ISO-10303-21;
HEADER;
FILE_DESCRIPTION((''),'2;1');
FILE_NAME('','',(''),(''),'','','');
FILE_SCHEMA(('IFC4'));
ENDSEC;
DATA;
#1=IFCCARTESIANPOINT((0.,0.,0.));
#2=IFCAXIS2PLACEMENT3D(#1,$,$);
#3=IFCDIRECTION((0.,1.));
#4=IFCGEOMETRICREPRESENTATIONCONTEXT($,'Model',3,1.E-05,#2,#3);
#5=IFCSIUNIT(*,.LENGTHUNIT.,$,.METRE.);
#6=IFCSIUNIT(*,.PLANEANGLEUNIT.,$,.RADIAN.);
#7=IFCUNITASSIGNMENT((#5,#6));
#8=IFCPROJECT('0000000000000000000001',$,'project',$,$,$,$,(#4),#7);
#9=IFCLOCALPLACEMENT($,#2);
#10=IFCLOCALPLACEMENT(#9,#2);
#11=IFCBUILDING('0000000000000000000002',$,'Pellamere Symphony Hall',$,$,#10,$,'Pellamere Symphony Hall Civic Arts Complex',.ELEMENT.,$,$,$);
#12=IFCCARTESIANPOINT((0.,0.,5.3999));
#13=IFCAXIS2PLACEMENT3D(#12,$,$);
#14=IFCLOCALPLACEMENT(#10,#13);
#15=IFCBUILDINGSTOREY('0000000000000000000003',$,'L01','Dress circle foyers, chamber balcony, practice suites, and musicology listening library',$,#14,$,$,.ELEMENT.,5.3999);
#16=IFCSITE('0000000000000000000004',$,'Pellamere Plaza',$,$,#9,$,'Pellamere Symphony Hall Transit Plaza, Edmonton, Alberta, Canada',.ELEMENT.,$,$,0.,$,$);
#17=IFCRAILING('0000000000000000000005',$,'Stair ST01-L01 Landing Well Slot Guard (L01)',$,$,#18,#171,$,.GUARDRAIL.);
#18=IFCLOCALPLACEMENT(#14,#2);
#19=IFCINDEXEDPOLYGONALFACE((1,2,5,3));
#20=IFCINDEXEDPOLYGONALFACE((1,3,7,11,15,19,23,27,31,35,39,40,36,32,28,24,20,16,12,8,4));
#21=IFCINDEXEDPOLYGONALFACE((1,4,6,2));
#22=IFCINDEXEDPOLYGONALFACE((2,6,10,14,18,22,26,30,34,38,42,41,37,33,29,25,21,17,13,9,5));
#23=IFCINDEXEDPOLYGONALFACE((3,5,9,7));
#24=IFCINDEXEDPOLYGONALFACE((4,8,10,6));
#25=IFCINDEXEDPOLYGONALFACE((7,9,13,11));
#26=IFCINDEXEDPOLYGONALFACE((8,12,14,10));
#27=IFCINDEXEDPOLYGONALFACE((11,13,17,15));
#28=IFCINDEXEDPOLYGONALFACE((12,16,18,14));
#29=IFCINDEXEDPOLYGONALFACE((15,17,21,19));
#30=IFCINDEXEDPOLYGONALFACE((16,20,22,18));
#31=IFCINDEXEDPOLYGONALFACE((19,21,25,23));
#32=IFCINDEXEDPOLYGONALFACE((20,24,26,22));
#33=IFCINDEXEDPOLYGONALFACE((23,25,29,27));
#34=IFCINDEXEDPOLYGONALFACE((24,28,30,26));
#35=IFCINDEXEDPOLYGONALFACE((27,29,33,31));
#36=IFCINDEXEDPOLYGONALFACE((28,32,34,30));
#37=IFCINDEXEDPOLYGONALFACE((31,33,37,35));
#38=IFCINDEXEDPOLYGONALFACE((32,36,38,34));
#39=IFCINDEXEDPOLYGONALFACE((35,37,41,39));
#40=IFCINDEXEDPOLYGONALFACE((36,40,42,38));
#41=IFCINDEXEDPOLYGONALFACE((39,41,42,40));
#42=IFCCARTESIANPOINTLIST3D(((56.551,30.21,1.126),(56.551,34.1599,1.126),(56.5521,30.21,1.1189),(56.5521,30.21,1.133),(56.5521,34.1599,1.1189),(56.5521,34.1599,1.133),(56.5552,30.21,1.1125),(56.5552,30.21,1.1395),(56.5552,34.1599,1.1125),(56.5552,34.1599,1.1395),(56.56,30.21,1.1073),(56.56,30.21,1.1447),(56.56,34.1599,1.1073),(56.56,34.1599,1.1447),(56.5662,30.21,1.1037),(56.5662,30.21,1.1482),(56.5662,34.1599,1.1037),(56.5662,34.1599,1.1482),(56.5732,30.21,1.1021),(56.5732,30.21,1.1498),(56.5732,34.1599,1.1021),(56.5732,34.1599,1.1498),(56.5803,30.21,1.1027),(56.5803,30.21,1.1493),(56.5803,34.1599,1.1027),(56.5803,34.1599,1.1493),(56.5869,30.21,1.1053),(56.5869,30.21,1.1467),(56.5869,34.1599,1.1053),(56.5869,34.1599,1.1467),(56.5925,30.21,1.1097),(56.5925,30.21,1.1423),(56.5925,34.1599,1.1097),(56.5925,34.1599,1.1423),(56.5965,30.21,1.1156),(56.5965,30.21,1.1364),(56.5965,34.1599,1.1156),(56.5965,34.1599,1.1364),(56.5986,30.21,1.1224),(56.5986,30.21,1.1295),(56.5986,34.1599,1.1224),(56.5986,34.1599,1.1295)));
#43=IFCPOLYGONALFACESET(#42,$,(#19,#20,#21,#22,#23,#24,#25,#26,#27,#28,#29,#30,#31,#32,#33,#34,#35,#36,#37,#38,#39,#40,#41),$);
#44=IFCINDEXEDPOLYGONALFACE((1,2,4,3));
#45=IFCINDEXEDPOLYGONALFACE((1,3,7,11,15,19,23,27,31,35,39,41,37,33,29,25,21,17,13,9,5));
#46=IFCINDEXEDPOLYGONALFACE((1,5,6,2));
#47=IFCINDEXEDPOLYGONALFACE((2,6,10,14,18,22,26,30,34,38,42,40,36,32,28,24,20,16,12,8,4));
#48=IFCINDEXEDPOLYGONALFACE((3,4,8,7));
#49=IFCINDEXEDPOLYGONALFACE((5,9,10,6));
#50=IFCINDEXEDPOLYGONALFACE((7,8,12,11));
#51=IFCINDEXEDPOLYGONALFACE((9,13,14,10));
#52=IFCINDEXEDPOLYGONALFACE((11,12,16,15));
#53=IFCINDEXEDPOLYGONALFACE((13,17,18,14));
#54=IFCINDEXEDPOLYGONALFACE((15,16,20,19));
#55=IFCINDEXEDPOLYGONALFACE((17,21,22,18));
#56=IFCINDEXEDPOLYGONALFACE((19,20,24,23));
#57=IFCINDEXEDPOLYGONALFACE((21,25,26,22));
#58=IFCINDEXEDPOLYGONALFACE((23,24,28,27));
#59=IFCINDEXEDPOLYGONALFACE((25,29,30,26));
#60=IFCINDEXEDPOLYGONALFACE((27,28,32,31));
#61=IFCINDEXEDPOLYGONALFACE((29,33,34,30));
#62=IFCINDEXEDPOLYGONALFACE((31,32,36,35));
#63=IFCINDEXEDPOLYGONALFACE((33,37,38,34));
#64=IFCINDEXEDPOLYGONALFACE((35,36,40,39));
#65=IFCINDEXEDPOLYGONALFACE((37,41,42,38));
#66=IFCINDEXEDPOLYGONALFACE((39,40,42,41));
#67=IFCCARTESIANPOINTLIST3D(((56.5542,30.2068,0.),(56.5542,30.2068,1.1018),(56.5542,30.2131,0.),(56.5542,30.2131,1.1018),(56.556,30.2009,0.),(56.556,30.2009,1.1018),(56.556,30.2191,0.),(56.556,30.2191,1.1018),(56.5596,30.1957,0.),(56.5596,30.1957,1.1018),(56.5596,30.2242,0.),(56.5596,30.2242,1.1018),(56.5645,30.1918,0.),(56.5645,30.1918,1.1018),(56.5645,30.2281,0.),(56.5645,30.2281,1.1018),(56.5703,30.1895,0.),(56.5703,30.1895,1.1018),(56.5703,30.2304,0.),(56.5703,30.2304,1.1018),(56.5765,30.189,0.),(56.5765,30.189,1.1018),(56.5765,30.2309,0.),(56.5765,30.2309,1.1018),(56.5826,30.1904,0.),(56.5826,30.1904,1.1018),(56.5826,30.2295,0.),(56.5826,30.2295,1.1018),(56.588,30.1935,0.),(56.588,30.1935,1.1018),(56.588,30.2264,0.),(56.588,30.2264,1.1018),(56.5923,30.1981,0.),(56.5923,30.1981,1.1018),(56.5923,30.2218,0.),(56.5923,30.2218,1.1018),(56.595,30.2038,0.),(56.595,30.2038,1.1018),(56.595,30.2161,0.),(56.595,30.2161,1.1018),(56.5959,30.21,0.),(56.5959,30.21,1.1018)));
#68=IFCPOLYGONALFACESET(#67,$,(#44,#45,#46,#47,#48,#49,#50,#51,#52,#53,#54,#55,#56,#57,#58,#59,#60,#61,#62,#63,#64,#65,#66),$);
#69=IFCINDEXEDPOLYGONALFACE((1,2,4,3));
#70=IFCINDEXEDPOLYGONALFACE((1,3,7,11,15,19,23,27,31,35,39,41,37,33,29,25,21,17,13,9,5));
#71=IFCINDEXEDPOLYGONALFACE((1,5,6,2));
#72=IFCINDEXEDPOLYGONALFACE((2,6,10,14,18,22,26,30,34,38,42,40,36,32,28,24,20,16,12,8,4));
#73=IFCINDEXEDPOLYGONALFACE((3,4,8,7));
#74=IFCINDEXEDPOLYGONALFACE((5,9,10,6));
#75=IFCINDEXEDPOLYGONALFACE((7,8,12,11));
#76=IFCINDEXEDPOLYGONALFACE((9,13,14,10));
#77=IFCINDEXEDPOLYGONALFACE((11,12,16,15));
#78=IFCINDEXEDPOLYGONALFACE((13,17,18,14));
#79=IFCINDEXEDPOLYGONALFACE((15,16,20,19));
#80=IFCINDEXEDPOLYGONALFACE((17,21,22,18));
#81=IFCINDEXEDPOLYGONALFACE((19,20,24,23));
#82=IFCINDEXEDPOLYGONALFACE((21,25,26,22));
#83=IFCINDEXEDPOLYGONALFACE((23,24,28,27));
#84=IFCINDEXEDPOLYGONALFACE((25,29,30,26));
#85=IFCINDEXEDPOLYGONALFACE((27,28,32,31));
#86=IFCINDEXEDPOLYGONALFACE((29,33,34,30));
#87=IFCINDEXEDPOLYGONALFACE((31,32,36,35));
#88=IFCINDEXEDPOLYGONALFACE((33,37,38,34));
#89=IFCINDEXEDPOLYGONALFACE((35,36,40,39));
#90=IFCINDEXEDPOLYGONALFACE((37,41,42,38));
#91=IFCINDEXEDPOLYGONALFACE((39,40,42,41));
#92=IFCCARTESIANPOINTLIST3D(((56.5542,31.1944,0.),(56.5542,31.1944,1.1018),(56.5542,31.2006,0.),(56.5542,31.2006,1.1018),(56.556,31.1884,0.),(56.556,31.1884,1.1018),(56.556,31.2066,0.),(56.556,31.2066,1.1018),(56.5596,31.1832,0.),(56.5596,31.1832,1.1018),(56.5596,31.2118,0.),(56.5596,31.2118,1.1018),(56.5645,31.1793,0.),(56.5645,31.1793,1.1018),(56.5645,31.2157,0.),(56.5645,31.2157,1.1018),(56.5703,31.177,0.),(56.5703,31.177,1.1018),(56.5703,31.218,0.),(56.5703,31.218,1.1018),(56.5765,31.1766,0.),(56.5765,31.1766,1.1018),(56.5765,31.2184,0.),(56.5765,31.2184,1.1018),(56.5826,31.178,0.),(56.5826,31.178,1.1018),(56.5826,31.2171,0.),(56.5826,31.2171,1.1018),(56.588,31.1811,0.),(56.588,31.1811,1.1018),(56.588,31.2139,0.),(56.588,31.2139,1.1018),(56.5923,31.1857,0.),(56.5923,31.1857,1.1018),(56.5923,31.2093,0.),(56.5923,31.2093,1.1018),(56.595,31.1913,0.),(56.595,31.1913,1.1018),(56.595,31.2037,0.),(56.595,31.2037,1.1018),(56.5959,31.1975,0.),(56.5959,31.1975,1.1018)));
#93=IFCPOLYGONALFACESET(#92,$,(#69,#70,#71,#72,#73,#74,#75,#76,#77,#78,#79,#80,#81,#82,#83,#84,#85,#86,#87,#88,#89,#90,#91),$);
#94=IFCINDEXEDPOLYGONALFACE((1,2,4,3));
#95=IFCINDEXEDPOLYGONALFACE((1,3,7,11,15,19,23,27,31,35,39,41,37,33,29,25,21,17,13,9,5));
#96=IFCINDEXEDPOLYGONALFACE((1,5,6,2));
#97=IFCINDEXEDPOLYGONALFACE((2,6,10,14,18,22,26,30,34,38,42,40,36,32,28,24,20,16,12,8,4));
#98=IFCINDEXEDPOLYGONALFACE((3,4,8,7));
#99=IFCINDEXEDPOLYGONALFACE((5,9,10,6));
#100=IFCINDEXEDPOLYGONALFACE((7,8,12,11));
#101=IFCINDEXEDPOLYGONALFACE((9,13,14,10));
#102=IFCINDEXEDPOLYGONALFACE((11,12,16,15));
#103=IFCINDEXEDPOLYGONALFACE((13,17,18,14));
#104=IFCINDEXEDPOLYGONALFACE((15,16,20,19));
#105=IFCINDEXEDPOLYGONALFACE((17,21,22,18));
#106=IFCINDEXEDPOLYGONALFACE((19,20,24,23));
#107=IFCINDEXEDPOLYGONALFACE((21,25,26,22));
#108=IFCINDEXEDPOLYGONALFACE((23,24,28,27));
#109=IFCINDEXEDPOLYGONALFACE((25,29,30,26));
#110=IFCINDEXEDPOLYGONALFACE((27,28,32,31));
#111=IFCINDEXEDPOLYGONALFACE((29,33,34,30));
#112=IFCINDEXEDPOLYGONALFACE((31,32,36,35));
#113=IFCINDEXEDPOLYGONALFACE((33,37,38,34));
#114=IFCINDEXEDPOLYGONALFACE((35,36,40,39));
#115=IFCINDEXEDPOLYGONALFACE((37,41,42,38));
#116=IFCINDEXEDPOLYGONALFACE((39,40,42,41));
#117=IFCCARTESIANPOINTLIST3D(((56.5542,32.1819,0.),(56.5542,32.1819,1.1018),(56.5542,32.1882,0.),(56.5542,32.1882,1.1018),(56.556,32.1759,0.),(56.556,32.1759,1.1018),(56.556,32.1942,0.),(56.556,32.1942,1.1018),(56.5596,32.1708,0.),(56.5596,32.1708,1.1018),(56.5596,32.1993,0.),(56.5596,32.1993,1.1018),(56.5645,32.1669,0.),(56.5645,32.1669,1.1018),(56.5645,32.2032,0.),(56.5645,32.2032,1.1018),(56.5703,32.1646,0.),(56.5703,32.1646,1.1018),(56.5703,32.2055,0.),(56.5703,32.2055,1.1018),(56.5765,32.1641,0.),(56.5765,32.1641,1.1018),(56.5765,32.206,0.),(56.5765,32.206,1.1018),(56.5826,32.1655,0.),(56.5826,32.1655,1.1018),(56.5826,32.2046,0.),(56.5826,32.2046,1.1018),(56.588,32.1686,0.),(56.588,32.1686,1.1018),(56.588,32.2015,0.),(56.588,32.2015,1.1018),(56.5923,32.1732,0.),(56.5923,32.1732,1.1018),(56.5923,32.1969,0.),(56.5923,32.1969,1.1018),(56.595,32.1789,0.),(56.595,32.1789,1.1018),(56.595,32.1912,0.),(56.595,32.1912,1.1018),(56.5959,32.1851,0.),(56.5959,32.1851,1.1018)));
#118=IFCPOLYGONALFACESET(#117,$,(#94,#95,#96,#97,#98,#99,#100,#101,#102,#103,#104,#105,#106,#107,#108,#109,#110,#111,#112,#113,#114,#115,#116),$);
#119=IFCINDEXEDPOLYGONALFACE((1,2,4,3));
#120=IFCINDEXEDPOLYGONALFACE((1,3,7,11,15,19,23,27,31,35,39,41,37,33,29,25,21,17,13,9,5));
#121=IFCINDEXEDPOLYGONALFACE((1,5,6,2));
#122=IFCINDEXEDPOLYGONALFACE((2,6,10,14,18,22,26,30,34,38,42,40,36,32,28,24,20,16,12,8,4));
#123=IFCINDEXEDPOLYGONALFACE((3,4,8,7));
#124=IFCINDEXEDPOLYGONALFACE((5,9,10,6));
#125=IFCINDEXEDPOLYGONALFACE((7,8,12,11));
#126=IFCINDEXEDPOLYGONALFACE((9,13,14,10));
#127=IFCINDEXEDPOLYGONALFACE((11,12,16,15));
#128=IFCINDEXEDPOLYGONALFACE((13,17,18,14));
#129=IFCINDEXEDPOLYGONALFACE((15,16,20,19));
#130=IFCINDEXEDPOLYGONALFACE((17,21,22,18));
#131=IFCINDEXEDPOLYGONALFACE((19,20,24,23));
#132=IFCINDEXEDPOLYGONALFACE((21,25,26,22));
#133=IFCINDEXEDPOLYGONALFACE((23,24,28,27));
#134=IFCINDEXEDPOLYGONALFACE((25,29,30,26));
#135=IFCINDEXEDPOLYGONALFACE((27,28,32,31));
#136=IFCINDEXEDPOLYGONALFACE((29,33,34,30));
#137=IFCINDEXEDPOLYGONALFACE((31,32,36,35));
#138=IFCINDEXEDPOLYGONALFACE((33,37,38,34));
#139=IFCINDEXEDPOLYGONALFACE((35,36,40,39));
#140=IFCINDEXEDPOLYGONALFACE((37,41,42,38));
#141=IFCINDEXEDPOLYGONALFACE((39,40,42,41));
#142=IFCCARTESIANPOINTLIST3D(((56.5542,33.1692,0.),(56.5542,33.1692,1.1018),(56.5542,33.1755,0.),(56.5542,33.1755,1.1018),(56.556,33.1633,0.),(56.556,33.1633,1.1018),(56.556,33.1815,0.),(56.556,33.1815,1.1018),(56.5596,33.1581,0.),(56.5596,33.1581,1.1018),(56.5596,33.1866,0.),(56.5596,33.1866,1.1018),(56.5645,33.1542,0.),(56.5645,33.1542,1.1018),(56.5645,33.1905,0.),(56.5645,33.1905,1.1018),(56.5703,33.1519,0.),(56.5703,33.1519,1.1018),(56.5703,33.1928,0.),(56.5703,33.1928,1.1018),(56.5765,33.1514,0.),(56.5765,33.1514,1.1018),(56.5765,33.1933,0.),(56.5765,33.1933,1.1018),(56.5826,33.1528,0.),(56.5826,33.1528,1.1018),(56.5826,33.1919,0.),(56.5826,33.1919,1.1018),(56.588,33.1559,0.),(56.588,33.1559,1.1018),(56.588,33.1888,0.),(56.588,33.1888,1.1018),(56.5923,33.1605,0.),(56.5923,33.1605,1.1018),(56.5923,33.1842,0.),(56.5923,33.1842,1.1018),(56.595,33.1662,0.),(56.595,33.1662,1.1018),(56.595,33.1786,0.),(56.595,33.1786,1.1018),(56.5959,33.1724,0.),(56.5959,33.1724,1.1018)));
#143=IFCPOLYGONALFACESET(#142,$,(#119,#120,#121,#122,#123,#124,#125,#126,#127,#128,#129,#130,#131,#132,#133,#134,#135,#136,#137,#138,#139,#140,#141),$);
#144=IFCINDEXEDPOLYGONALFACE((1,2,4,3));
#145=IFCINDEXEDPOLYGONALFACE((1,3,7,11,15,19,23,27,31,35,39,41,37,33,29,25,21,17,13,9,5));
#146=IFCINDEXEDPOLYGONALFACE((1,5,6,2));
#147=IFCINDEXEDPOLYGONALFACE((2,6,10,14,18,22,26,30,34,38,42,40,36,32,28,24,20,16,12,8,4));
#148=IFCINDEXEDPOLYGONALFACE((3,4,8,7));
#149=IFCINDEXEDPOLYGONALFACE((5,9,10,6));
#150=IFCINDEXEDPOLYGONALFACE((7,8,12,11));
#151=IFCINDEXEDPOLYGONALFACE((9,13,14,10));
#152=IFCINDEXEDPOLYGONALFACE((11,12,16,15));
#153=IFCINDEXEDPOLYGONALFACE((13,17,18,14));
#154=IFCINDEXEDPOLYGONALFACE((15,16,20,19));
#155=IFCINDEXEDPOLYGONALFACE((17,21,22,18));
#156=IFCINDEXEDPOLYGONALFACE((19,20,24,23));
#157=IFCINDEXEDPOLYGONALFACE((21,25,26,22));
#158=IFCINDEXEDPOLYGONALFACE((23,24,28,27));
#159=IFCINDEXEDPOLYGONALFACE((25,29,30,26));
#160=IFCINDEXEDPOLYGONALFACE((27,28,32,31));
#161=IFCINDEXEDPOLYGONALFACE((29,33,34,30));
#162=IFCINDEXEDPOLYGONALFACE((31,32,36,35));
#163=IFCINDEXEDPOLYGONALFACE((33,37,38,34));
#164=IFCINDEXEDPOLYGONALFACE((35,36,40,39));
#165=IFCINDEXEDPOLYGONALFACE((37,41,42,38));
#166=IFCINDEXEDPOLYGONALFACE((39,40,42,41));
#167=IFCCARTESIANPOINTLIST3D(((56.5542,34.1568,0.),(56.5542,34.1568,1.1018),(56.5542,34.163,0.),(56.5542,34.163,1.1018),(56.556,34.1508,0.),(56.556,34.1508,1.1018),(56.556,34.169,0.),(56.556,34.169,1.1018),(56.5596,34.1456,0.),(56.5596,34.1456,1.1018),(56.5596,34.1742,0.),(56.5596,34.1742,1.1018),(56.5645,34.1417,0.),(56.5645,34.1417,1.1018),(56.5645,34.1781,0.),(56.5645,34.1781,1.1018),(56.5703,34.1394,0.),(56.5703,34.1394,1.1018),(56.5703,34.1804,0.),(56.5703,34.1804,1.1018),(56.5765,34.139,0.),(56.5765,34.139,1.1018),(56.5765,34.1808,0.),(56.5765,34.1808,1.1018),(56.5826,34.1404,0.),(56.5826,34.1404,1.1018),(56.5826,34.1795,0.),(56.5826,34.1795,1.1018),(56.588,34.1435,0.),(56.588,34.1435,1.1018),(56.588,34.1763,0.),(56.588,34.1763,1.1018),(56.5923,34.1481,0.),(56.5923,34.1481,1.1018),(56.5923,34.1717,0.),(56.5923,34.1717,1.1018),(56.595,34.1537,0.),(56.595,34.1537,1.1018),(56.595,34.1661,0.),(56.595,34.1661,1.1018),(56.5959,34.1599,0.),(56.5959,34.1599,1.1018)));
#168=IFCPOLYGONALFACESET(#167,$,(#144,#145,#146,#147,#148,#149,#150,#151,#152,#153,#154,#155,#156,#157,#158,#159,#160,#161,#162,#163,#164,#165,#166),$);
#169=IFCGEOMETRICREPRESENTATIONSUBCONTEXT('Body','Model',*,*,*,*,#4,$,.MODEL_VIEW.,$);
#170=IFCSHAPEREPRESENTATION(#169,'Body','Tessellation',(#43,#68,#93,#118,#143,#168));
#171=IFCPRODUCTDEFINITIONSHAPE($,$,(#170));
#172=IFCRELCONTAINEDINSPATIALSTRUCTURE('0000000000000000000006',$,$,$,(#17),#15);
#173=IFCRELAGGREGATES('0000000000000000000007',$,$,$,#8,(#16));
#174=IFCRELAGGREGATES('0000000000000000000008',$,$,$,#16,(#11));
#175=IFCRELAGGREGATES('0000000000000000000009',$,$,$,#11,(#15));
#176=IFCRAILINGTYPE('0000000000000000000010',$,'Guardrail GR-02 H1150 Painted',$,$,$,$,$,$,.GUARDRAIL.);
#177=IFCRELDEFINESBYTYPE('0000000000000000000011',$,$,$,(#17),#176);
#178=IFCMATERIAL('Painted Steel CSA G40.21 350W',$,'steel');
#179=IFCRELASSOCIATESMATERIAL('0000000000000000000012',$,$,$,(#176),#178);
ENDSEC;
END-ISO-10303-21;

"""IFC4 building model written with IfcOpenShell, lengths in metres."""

from ifc_helpers import new_model, si_unit, direction, frame, origin, origin_2d, place, context, subcontext, project, spatial, circle, extrude, material, type_object, element, save


model = new_model("IFC4")

# Units and contexts
model_context = context("Model", 3, precision=1e-05, world=origin(), true_north=direction((0.0, 1.0)))
body_context = subcontext(model_context, "Body", "Model", "MODEL_VIEW")
ifc_project = project(units=[si_unit("LENGTHUNIT", "METRE"), si_unit("PLANEANGLEUNIT", "RADIAN")], contexts=[model_context])

# Site, building, storey
site_placement = place(None, origin())
site = spatial("IfcSite", under=ifc_project, at=site_placement, Name="Pellamere Plaza", LongName="Pellamere Symphony Hall Transit Plaza, Edmonton, Alberta, Canada", CompositionType="ELEMENT", RefElevation=0.0)
building_placement = place(site_placement, origin())
building = spatial("IfcBuilding", under=site, at=building_placement, Name="Pellamere Symphony Hall", LongName="Pellamere Symphony Hall Civic Arts Complex", CompositionType="ELEMENT")
storey_placement = place(building_placement, frame((0.0, 0.0, 5.3999)))
storey = spatial("IfcBuildingStorey", under=building, at=storey_placement, Name="L01", Description="Dress circle foyers, chamber balcony, practice suites, and musicology listening library", CompositionType="ELEMENT", Elevation=5.3999)

# Railing
ifc_material_1 = material(Name="Painted Steel CSA G40.21 350W", Category="steel")
railing_type_1 = type_object("IfcRailingType", Name="Guardrail GR-02 H1150 Painted", PredefinedType="GUARDRAIL", material=ifc_material_1)
railing_1_placement = place(storey_placement, frame((56.575, 30.21, 0.0)))
element("IfcRailing", 1, at=railing_1_placement, inside=storey, type_object=railing_type_1, Name="Stair ST01-L01 Landing Well Slot Guard (L01)", PredefinedType="GUARDRAIL", context=body_context, shape_type="SweptSolid", body=[
    extrude(circle(Radius=0.0239, at=origin_2d()), frame((0.0, 0.0, 1.126), z_axis=(0.0, 1.0, 0.0), x_axis=(-1.0, 0.0, 0.0)), (0.0, 0.0, 1.0), 3.95),
    extrude(circle(Radius=0.021, at=origin_2d()), origin(), (0.0, 0.0, 1.0), 1.1018),
    extrude(circle(Radius=0.021, at=origin_2d()), frame((0.0, 0.9875, 0.0)), (0.0, 0.0, 1.0), 1.1018),
    extrude(circle(Radius=0.021, at=origin_2d()), frame((0.0, 1.9751, 0.0)), (0.0, 0.0, 1.0), 1.1018),
    extrude(circle(Radius=0.021, at=origin_2d()), frame((0.0, 2.9624, 0.0)), (0.0, 0.0, 1.0), 1.1018),
    extrude(circle(Radius=0.021, at=origin_2d()), frame((0.0, 3.95, 0.0)), (0.0, 0.0, 1.0), 1.1018),
])

save(model, "model.ifc")
